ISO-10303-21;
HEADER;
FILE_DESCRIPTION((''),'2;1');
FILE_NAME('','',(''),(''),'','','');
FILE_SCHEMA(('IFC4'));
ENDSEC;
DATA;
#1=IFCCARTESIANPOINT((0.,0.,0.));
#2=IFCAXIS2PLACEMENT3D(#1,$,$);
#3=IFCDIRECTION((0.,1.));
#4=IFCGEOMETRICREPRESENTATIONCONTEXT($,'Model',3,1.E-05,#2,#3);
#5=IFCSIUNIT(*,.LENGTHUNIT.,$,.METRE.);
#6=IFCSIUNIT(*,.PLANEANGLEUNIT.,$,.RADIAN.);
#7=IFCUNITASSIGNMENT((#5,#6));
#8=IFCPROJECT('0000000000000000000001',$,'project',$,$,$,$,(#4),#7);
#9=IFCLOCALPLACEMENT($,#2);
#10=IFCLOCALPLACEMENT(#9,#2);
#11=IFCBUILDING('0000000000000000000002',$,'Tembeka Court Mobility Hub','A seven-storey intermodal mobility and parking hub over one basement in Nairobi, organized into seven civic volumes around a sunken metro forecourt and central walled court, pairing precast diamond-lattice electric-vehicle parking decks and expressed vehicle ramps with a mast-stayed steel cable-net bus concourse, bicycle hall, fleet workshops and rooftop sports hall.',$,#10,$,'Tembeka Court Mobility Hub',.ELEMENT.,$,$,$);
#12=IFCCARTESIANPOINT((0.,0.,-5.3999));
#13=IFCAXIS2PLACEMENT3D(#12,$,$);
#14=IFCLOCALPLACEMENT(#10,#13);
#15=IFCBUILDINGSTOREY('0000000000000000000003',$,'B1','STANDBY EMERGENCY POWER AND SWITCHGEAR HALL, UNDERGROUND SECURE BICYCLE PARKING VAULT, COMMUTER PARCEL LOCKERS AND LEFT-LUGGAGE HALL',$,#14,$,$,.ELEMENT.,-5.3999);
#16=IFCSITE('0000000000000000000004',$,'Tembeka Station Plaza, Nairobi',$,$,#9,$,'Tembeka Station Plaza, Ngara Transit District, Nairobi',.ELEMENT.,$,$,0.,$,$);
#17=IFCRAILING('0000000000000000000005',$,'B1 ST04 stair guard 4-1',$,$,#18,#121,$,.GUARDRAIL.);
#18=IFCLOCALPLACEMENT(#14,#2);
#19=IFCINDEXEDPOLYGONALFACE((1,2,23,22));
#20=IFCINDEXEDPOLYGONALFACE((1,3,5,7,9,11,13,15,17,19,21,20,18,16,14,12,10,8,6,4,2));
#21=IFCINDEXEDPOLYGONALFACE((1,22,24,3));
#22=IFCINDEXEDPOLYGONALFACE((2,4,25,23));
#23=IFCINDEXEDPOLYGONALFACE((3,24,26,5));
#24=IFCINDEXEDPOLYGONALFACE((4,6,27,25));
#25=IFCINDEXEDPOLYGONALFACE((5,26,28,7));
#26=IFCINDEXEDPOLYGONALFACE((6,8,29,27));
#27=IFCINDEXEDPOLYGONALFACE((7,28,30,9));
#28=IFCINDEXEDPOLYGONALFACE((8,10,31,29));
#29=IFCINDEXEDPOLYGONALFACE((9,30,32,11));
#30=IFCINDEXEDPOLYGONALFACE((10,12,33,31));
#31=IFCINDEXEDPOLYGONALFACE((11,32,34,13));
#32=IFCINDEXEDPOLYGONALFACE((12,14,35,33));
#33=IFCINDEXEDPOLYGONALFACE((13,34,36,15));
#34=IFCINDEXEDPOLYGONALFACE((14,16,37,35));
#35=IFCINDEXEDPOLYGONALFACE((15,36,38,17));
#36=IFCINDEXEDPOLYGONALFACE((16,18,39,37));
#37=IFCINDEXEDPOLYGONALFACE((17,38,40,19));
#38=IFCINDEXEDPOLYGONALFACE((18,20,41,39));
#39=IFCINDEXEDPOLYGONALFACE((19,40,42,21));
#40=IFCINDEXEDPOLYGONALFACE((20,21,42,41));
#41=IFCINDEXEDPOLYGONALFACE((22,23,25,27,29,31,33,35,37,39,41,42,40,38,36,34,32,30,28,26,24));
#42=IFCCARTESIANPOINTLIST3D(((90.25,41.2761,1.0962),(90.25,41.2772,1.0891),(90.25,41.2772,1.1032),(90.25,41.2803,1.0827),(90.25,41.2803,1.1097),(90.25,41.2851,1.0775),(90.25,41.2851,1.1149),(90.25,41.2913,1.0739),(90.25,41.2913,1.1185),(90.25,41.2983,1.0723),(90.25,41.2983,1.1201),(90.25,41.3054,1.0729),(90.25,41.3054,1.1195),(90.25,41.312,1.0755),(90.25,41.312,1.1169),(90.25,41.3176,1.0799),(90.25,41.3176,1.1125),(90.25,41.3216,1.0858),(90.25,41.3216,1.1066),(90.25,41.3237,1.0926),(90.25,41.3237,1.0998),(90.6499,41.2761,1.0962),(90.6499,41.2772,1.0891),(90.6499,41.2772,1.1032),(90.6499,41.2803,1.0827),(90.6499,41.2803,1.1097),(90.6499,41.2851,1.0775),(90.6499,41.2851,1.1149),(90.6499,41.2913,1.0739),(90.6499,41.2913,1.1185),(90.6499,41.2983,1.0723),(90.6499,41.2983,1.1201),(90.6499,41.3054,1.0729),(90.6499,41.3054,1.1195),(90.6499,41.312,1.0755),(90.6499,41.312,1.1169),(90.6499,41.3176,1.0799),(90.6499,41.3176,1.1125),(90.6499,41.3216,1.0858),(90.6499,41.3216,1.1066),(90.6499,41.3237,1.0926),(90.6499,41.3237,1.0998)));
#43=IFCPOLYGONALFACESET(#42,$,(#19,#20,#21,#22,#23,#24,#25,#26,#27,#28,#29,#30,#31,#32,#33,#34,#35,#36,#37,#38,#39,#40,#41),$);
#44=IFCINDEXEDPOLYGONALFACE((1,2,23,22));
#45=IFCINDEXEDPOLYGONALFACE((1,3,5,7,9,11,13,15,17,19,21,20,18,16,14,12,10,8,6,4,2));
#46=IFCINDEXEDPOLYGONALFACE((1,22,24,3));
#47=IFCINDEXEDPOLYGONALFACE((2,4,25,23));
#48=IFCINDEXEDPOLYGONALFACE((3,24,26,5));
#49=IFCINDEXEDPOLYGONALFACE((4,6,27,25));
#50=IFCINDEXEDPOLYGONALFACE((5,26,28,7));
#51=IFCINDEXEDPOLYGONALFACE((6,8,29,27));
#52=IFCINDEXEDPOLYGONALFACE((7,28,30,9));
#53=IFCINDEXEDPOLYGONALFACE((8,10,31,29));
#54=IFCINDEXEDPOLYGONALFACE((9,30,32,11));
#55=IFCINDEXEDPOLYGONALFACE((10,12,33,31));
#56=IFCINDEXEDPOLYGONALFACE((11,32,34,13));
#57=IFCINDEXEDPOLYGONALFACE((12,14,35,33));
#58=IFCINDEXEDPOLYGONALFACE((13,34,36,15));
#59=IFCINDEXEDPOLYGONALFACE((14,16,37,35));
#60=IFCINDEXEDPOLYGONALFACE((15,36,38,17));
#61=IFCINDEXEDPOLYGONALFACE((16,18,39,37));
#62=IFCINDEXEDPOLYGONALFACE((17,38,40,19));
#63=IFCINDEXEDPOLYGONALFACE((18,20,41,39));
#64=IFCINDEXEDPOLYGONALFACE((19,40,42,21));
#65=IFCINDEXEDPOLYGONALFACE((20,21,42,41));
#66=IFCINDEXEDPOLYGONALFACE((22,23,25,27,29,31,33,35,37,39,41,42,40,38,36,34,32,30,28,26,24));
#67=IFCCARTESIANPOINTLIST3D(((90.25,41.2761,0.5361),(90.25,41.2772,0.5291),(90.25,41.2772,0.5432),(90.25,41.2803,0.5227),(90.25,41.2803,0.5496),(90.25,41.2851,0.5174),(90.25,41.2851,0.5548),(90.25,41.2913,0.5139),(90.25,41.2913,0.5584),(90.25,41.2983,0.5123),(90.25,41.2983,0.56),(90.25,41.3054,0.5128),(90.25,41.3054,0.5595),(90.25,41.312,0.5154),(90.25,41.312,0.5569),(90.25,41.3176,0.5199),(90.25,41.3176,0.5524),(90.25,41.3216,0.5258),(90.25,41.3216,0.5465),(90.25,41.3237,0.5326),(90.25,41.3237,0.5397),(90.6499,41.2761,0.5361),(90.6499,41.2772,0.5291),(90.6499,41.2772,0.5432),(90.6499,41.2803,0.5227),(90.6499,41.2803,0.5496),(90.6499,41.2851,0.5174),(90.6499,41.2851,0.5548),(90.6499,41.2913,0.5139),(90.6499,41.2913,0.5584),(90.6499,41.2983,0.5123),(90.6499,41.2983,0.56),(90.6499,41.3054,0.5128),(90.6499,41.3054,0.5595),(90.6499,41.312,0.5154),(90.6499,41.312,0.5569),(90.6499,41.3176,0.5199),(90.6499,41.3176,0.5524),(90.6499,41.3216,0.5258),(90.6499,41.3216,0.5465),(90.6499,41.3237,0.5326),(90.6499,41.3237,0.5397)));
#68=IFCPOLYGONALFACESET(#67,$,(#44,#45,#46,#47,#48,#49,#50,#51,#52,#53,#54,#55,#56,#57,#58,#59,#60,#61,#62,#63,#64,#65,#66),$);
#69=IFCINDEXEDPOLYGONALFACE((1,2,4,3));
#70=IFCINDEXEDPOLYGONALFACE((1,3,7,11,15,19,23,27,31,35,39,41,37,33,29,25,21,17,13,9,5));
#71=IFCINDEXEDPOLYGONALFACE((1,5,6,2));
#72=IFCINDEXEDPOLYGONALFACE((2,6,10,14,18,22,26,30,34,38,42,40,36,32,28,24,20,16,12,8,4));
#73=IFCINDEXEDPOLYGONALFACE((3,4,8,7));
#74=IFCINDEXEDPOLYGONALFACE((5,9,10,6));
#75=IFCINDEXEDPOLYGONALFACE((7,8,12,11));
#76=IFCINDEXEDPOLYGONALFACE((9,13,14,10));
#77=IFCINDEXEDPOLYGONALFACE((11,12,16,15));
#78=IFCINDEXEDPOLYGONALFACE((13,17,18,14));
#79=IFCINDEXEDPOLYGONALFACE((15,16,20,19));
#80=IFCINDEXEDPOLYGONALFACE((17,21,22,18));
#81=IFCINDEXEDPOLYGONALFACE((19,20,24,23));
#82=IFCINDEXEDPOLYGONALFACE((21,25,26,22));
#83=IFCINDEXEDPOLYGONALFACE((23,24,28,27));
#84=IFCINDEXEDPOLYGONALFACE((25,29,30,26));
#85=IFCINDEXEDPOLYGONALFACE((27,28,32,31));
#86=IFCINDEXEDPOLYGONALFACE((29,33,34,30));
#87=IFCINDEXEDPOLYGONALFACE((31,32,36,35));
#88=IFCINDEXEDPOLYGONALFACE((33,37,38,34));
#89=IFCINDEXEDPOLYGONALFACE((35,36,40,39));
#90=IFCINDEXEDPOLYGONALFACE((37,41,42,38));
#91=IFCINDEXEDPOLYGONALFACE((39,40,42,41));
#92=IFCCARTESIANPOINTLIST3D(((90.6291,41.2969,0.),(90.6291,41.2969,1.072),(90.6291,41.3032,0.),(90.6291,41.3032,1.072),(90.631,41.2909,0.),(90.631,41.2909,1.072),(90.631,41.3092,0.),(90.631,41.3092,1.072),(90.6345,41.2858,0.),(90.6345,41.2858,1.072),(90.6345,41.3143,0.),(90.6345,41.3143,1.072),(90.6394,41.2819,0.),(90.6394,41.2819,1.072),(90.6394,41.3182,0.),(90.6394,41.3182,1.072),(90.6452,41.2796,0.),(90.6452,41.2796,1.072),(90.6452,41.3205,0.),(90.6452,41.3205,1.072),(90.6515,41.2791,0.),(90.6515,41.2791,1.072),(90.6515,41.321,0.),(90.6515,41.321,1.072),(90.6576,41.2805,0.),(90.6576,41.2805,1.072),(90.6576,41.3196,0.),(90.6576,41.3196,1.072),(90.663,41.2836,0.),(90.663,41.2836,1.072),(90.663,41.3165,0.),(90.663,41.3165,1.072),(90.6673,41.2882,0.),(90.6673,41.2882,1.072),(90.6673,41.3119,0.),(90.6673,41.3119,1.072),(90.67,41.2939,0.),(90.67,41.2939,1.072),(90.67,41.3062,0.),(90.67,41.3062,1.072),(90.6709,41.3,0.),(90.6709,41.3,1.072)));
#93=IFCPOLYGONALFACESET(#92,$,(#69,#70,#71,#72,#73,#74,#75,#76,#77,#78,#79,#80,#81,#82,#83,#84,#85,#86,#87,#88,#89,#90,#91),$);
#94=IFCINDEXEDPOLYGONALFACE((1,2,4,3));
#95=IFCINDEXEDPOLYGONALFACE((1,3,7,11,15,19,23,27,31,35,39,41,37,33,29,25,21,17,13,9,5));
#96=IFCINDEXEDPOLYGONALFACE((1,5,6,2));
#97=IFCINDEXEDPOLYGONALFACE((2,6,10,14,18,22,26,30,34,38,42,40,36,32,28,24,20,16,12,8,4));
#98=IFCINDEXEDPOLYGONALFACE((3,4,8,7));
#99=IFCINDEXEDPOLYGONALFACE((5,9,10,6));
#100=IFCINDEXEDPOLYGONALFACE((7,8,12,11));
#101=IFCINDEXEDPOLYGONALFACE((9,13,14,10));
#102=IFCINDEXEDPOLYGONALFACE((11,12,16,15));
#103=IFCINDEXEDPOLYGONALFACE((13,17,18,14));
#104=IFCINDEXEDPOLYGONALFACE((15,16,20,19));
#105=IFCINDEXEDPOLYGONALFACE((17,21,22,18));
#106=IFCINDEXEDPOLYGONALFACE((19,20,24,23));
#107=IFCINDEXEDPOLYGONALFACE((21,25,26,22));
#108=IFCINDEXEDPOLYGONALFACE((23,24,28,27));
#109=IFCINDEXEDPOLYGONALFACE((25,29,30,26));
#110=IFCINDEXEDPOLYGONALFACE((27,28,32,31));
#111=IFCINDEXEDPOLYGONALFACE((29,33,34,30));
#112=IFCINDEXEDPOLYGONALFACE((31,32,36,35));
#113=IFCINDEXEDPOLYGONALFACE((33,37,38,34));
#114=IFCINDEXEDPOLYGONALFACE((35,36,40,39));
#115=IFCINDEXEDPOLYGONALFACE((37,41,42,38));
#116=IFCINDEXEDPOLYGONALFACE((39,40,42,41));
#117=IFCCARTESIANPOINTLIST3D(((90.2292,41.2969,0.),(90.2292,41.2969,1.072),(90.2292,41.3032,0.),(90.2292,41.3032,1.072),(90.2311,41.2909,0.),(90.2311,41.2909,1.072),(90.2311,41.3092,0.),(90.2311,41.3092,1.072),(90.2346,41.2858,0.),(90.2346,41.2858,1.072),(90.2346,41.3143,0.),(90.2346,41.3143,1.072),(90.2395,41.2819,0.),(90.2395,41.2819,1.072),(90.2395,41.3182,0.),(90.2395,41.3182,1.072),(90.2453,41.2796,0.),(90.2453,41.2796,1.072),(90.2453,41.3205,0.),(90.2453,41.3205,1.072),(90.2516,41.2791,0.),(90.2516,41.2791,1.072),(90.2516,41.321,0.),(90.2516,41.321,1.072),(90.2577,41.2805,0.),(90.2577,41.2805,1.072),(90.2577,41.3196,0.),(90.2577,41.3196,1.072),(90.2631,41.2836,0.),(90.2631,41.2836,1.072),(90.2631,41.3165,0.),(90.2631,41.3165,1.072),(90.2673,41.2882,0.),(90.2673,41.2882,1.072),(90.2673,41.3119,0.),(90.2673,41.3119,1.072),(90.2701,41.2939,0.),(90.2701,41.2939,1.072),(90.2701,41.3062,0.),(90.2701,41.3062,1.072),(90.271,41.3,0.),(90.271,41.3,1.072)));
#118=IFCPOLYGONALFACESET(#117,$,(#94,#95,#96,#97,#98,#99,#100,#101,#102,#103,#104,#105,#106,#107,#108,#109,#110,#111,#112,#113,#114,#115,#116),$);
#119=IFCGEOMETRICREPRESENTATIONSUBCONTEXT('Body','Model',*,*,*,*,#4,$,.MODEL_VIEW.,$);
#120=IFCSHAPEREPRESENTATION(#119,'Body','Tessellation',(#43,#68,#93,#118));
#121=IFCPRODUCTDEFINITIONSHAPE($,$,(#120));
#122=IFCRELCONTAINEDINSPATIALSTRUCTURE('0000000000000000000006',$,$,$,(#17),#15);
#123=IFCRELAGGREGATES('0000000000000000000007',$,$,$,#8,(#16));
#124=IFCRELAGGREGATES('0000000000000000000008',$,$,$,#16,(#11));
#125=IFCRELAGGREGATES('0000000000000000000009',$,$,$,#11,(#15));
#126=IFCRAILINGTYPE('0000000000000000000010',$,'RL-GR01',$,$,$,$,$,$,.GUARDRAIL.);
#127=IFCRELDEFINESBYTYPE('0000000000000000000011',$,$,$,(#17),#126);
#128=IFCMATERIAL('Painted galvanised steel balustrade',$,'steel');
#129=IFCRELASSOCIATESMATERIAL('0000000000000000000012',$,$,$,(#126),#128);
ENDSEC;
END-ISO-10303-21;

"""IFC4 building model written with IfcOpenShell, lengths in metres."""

from ifc_helpers import new_model, si_unit, direction, frame, origin, origin_2d, place, context, subcontext, project, spatial, circle, extrude, material, type_object, element, save


model = new_model("IFC4")

# Units and contexts
model_context = context("Model", 3, precision=1e-05, world=origin(), true_north=direction((0.0, 1.0)))
body_context = subcontext(model_context, "Body", "Model", "MODEL_VIEW")
ifc_project = project(units=[si_unit("LENGTHUNIT", "METRE"), si_unit("PLANEANGLEUNIT", "RADIAN")], contexts=[model_context])

# Site, building, storey
site_placement = place(None, origin())
site = spatial("IfcSite", under=ifc_project, at=site_placement, Name="Tembeka Station Plaza, Nairobi", LongName="Tembeka Station Plaza, Ngara Transit District, Nairobi", CompositionType="ELEMENT", RefElevation=0.0)
building_placement = place(site_placement, origin())
building = spatial("IfcBuilding", under=site, at=building_placement, Name="Tembeka Court Mobility Hub", Description="A seven-storey intermodal mobility and parking hub over one basement in Nairobi, organized into seven civic volumes around a sunken metro forecourt and central walled court, pairing precast diamond-lattice electric-vehicle parking decks and expressed vehicle ramps with a mast-stayed steel cable-net bus concourse, bicycle hall, fleet workshops and rooftop sports hall.", LongName="Tembeka Court Mobility Hub", CompositionType="ELEMENT")
storey_placement = place(building_placement, frame((0.0, 0.0, -5.3999)))
storey = spatial("IfcBuildingStorey", under=building, at=storey_placement, Name="B1", Description="STANDBY EMERGENCY POWER AND SWITCHGEAR HALL, UNDERGROUND SECURE BICYCLE PARKING VAULT, COMMUTER PARCEL LOCKERS AND LEFT-LUGGAGE HALL", CompositionType="ELEMENT", Elevation=-5.3999)

# Railing
ifc_material_1 = material(Name="Painted galvanised steel balustrade", Category="steel")
railing_type_1 = type_object("IfcRailingType", Name="RL-GR01", PredefinedType="GUARDRAIL", material=ifc_material_1)
railing_1_placement = place(storey_placement, frame((90.6499, 41.3, 0.0)))
element("IfcRailing", 1, at=railing_1_placement, inside=storey, type_object=railing_type_1, Name="B1 ST04 stair guard 4-1", PredefinedType="GUARDRAIL", context=body_context, shape_type="SweptSolid", body=[
    extrude(circle(Radius=0.0239, at=origin_2d()), frame((0.0, 0.0, 1.0962), z_axis=(-1.0, 0.0, 0.0), x_axis=(0.0, -1.0, 0.0)), (0.0, 0.0, 1.0), 0.3999),
    extrude(circle(Radius=0.0239, at=origin_2d()), frame((0.0, 0.0, 0.5361), z_axis=(-1.0, 0.0, 0.0), x_axis=(0.0, -1.0, 0.0)), (0.0, 0.0, 1.0), 0.3999),
    extrude(circle(Radius=0.021, at=origin_2d()), origin(), (0.0, 0.0, 1.0), 1.072),
    extrude(circle(Radius=0.021, at=origin_2d()), frame((-0.3999, 0.0, 0.0)), (0.0, 0.0, 1.0), 1.072),
])

save(model, "model.ifc")
